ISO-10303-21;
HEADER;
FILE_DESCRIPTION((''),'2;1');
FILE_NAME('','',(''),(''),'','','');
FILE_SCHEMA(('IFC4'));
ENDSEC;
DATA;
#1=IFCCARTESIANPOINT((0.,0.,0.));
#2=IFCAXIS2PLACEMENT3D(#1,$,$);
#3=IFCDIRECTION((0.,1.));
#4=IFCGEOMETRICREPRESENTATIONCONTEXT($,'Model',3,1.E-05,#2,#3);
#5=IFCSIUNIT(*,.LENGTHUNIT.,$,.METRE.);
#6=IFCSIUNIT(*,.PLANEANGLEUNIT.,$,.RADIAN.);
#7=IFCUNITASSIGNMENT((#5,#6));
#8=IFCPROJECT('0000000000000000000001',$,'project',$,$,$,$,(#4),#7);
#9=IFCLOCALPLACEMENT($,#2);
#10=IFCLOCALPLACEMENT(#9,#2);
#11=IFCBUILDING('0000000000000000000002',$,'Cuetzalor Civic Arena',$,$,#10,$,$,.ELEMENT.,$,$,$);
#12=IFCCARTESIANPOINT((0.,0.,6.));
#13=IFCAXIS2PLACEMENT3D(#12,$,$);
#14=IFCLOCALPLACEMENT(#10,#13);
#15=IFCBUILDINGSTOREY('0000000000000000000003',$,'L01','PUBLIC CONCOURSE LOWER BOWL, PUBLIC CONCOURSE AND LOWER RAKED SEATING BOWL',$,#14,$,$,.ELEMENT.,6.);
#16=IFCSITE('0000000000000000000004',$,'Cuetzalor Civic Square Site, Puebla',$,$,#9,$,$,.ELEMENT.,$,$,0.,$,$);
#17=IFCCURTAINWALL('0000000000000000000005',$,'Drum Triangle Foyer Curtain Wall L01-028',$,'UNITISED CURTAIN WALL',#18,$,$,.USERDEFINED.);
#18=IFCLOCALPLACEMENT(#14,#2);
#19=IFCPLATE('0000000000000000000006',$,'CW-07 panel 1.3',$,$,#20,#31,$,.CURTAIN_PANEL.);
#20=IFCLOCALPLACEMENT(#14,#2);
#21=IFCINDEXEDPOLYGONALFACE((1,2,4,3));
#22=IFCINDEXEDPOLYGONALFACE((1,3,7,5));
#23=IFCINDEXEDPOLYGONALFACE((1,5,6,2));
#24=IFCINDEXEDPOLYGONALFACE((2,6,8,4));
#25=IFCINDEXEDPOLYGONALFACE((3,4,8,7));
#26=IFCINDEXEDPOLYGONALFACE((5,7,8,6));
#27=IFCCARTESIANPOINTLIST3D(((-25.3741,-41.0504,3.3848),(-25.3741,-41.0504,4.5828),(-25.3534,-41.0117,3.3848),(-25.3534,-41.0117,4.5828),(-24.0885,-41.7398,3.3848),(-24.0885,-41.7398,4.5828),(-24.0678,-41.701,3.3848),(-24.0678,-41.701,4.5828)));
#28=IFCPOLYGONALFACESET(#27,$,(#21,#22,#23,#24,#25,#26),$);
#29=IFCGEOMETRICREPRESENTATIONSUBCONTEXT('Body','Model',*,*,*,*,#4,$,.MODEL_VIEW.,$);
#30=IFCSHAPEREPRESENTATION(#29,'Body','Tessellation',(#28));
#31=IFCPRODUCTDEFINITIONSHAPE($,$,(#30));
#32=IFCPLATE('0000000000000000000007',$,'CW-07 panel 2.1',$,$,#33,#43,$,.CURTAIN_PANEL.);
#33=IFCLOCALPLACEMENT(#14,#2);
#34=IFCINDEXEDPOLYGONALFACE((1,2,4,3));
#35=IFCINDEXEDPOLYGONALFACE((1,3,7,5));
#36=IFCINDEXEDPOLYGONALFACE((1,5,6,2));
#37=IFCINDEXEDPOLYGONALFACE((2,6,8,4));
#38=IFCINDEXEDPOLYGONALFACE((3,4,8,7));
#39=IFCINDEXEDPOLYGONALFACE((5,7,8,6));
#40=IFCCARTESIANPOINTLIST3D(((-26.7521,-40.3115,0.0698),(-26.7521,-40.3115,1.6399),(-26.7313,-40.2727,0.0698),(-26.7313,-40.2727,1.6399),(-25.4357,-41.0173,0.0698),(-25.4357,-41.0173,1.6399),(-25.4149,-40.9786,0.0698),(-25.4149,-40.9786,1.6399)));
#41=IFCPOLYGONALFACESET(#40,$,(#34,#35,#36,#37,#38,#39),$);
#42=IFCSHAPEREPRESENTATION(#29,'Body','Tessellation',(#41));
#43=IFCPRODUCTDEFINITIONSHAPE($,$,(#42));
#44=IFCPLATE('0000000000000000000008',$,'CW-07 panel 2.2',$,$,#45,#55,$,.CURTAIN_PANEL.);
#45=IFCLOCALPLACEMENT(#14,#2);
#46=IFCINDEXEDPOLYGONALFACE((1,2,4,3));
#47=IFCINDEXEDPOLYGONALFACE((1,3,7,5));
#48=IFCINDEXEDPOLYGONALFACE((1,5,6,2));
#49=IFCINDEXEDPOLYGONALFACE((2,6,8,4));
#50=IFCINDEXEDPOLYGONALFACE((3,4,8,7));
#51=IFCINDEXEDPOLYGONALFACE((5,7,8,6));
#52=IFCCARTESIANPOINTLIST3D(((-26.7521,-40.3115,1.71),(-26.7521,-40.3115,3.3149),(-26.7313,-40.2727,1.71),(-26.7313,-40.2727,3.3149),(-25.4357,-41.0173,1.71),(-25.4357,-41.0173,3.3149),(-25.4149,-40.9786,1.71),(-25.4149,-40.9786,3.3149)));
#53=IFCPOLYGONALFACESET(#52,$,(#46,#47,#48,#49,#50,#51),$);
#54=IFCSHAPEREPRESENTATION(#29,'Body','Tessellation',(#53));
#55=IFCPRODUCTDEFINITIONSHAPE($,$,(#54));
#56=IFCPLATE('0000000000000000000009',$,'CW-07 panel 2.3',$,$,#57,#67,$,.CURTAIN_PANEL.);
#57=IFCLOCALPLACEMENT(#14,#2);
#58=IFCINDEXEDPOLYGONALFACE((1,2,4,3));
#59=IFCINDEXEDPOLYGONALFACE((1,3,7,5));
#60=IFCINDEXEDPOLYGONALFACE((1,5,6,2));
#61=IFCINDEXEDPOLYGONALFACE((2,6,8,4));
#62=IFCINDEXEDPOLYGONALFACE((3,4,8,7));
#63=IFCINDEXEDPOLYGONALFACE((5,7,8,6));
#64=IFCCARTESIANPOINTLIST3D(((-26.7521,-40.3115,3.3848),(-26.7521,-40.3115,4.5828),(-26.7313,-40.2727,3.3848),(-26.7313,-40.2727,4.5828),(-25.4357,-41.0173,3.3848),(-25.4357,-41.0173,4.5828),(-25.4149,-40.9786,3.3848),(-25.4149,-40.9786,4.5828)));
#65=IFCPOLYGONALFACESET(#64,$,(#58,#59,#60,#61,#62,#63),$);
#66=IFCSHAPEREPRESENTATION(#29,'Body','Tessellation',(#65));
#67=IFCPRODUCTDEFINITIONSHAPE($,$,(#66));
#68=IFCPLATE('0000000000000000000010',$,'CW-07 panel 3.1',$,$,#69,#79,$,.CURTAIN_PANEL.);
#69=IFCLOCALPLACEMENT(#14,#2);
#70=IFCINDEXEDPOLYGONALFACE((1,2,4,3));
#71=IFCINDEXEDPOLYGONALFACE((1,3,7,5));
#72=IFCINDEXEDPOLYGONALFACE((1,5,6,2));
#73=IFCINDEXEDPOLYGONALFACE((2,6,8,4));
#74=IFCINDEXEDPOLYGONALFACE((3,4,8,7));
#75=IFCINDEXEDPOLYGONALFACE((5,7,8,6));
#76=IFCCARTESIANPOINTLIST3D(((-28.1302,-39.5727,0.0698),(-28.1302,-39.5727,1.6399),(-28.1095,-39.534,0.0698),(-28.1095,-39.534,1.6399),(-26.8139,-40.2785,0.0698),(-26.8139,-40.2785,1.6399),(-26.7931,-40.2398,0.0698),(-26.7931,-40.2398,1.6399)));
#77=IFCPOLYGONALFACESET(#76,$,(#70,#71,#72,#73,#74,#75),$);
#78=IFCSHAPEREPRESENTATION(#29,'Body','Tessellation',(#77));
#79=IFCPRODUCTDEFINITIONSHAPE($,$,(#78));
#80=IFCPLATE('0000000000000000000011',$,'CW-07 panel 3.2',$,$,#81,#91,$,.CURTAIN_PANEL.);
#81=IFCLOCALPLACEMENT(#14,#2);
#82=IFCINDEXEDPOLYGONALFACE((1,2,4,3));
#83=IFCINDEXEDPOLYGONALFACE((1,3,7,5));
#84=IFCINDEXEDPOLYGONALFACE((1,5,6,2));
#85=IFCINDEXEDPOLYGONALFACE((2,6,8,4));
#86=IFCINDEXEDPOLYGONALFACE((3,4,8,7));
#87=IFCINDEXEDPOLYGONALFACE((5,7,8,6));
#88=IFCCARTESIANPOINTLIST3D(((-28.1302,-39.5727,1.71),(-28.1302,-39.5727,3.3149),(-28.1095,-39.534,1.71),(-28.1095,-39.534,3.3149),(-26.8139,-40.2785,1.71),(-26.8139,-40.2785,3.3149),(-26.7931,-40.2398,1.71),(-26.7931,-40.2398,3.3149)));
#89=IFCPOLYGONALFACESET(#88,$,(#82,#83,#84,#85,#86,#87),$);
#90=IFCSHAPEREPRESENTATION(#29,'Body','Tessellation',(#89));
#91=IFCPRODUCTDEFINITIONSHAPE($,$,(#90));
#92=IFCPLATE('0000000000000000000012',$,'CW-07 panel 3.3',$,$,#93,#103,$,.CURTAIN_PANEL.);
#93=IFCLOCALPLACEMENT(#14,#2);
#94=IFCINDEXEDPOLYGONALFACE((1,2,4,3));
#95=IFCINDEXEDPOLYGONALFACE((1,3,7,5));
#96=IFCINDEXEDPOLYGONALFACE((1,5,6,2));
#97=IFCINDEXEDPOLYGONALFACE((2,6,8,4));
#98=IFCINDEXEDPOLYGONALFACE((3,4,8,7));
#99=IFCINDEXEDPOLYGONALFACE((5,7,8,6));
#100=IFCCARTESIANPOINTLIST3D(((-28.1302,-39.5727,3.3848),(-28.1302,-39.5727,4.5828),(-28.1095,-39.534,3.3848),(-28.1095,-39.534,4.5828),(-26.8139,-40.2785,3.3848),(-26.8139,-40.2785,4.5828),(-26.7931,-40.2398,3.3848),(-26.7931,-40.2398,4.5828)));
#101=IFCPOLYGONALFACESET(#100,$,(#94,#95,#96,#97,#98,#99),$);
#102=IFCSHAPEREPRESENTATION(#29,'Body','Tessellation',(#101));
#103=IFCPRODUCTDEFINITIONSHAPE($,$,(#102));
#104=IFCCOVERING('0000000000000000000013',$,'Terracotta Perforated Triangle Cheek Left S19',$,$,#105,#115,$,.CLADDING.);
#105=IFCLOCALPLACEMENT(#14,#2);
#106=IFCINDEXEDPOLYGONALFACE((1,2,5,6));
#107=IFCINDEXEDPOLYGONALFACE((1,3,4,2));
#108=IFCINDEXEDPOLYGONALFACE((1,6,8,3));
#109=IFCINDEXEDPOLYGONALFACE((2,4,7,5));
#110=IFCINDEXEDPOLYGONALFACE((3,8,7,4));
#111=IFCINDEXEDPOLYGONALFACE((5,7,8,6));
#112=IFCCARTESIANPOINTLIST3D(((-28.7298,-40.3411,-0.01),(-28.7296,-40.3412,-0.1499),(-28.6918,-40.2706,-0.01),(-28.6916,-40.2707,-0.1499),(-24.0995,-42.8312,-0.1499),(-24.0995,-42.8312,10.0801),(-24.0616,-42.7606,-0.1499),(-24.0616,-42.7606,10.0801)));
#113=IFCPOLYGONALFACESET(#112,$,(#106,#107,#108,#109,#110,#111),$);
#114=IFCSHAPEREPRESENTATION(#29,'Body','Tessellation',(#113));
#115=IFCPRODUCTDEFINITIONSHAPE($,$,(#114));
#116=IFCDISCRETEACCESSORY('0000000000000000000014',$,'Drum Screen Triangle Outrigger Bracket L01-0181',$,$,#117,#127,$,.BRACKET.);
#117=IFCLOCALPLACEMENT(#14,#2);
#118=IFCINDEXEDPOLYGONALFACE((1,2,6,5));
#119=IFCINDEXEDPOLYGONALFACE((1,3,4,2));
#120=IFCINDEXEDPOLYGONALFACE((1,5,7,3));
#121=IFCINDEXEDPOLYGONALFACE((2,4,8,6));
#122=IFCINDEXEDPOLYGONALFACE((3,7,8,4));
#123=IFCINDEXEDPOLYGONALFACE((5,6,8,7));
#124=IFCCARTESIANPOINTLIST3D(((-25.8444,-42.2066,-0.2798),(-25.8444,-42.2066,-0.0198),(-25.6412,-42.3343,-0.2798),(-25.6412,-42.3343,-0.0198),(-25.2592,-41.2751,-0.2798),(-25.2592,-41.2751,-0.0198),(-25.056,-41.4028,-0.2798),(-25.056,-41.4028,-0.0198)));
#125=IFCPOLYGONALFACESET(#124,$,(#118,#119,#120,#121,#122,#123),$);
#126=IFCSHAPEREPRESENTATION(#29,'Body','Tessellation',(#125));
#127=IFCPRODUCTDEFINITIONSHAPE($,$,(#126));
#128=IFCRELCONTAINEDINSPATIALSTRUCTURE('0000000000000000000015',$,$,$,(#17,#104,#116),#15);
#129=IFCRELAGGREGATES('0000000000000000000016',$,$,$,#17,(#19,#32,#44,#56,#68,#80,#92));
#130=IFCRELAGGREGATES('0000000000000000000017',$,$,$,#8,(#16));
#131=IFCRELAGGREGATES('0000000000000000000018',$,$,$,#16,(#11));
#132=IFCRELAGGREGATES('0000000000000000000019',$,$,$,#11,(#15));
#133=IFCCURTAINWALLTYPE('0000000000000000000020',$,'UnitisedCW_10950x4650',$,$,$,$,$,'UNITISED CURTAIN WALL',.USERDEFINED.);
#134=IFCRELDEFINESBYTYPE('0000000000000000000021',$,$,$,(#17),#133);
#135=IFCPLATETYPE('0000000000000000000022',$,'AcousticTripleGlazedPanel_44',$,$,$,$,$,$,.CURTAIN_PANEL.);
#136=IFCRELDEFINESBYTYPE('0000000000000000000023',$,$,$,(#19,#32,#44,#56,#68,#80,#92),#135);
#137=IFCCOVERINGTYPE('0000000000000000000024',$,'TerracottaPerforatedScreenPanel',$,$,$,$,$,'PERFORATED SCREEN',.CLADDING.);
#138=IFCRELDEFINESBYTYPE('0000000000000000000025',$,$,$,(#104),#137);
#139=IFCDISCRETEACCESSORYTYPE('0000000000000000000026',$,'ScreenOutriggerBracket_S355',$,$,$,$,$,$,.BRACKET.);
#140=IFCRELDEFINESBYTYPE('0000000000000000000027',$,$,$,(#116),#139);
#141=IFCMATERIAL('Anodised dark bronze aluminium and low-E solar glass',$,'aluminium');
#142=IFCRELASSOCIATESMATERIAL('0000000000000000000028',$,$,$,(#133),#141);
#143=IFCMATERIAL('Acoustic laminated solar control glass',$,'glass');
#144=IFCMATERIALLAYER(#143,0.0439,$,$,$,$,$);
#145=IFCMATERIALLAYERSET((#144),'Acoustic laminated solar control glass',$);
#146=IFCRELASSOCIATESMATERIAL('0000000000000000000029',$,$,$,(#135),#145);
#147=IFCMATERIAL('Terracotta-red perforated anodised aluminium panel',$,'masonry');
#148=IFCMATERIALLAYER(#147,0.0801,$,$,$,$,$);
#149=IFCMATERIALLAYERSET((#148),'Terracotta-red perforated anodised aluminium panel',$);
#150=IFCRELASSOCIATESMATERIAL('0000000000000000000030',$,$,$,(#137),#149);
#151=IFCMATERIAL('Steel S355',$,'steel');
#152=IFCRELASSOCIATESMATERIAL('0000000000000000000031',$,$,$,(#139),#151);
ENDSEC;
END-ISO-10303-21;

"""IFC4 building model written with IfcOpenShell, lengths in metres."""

from ifc_helpers import new_model, si_unit, direction, frame, origin, origin_2d, place, context, subcontext, project, spatial, polyline, rectangle, outline, extrude, material, layer, layer_set, type_object, element, aggregate, save


model = new_model("IFC4")

# Units and contexts
model_context = context("Model", 3, precision=1e-05, world=origin(), true_north=direction((0.0, 1.0)))
body_context = subcontext(model_context, "Body", "Model", "MODEL_VIEW")
ifc_project = project(units=[si_unit("LENGTHUNIT", "METRE"), si_unit("PLANEANGLEUNIT", "RADIAN")], contexts=[model_context])

# Site, building, storey
site_placement = place(None, origin())
site = spatial("IfcSite", under=ifc_project, at=site_placement, Name="Cuetzalor Civic Square Site, Puebla", CompositionType="ELEMENT", RefElevation=0.0)
building_placement = place(site_placement, origin())
building = spatial("IfcBuilding", under=site, at=building_placement, Name="Cuetzalor Civic Arena", CompositionType="ELEMENT")
storey_placement = place(building_placement, frame((0.0, 0.0, 6.0)))
storey = spatial("IfcBuildingStorey", under=building, at=storey_placement, Name="L01", Description="PUBLIC CONCOURSE LOWER BOWL, PUBLIC CONCOURSE AND LOWER RAKED SEATING BOWL", CompositionType="ELEMENT", Elevation=6.0)

# Curtain wall, plates
ifc_material_1 = material(Name="Anodised dark bronze aluminium and low-E solar glass", Category="aluminium")
curtain_wall_type = type_object("IfcCurtainWallType", Name="UnitisedCW_10950x4650", ElementType="UNITISED CURTAIN WALL", PredefinedType="USERDEFINED", material=ifc_material_1)
curtain_wall_placement = place(storey_placement, origin())
curtain_wall = element("IfcCurtainWall", 1, at=curtain_wall_placement, inside=storey, type_object=curtain_wall_type, Name="Drum Triangle Foyer Curtain Wall L01-028", ObjectType="UNITISED CURTAIN WALL", PredefinedType="USERDEFINED")
ifc_material_2 = material(Name="Acoustic laminated solar control glass", Category="glass")
ifc_layer_1 = layer(ifc_material_2, 0.0439)
ifc_layer_set_1 = layer_set([ifc_layer_1], Name="Acoustic laminated solar control glass")
plate_type = type_object("IfcPlateType", Name="AcousticTripleGlazedPanel_44", PredefinedType="CURTAIN_PANEL", material=ifc_layer_set_1)
plate_1_placement = place(storey_placement, frame((-24.7209, -41.3757, 3.3848), z_axis=(0.0, 0.0, 1.0), x_axis=(-0.881306, 0.472545, 0.0)))
plate_1 = element("IfcPlate", 2, at=plate_1_placement, type_object=plate_type, Name="CW-07 panel 1.3", PredefinedType="CURTAIN_PANEL", context=body_context, shape_type="SweptSolid", body=[
    extrude(rectangle(XDim=1.4587, YDim=0.0439, at=origin_2d()), origin(), (0.0, 0.0, 1.0), 1.198),
])
plate_2_placement = place(storey_placement, frame((-26.0835, -40.645, 0.0698), z_axis=(0.0, 0.0, 1.0), x_axis=(-0.881306, 0.472545, 0.0)))
plate_2 = element("IfcPlate", 3, at=plate_2_placement, type_object=plate_type, Name="CW-07 panel 2.1", PredefinedType="CURTAIN_PANEL", context=body_context, shape_type="SweptSolid", body=[
    extrude(rectangle(XDim=1.4937, YDim=0.0439, at=origin_2d()), origin(), (0.0, 0.0, 1.0), 1.5701),
])
plate_3_placement = place(storey_placement, frame((-26.0835, -40.645, 1.71), z_axis=(0.0, 0.0, 1.0), x_axis=(-0.881306, 0.472545, 0.0)))
plate_3 = element("IfcPlate", 4, at=plate_3_placement, type_object=plate_type, Name="CW-07 panel 2.2", PredefinedType="CURTAIN_PANEL", context=body_context, shape_type="SweptSolid", body=[
    extrude(rectangle(XDim=1.4937, YDim=0.0439, at=origin_2d()), origin(), (0.0, 0.0, 1.0), 1.605),
])
plate_4_placement = place(storey_placement, frame((-26.0835, -40.645, 3.3848), z_axis=(0.0, 0.0, 1.0), x_axis=(-0.881306, 0.472545, 0.0)))
plate_4 = element("IfcPlate", 5, at=plate_4_placement, type_object=plate_type, Name="CW-07 panel 2.3", PredefinedType="CURTAIN_PANEL", context=body_context, shape_type="SweptSolid", body=[
    extrude(rectangle(XDim=1.4937, YDim=0.0439, at=origin_2d()), origin(), (0.0, 0.0, 1.0), 1.198),
])
plate_5_placement = place(storey_placement, frame((-27.4617, -39.9062, 0.0698), z_axis=(0.0, 0.0, 1.0), x_axis=(-0.881306, 0.472545, 0.0)))
plate_5 = element("IfcPlate", 6, at=plate_5_placement, type_object=plate_type, Name="CW-07 panel 3.1", PredefinedType="CURTAIN_PANEL", context=body_context, shape_type="SweptSolid", body=[
    extrude(rectangle(XDim=1.4937, YDim=0.0439, at=origin_2d()), origin(), (0.0, 0.0, 1.0), 1.5701),
])
plate_6_placement = place(storey_placement, frame((-27.4617, -39.9062, 1.71), z_axis=(0.0, 0.0, 1.0), x_axis=(-0.881306, 0.472545, 0.0)))
plate_6 = element("IfcPlate", 7, at=plate_6_placement, type_object=plate_type, Name="CW-07 panel 3.2", PredefinedType="CURTAIN_PANEL", context=body_context, shape_type="SweptSolid", body=[
    extrude(rectangle(XDim=1.4937, YDim=0.0439, at=origin_2d()), origin(), (0.0, 0.0, 1.0), 1.605),
])
plate_7_placement = place(storey_placement, frame((-27.4617, -39.9062, 3.3848), z_axis=(0.0, 0.0, 1.0), x_axis=(-0.881306, 0.472545, 0.0)))
plate_7 = element("IfcPlate", 8, at=plate_7_placement, type_object=plate_type, Name="CW-07 panel 3.3", PredefinedType="CURTAIN_PANEL", context=body_context, shape_type="SweptSolid", body=[
    extrude(rectangle(XDim=1.4937, YDim=0.0439, at=origin_2d()), origin(), (0.0, 0.0, 1.0), 1.198),
])
aggregate(curtain_wall, [plate_1, plate_2, plate_3, plate_4, plate_5, plate_6, plate_7])

# Covering
ifc_material_3 = material(Name="Terracotta-red perforated anodised aluminium panel", Category="masonry")
ifc_layer_2 = layer(ifc_material_3, 0.0801)
ifc_layer_set_2 = layer_set([ifc_layer_2], Name="Terracotta-red perforated anodised aluminium panel")
covering_type = type_object("IfcCoveringType", Name="TerracottaPerforatedScreenPanel", ElementType="PERFORATED SCREEN", PredefinedType="CLADDING", material=ifc_layer_set_2)
covering_placement = place(storey_placement, frame((-24.0806, -42.7959, -0.1499), z_axis=(0.0, 0.0, 1.0), x_axis=(-0.880721, 0.473635, 0.0)))
element("IfcCovering", 9, at=covering_placement, inside=storey, type_object=covering_type, Name="Terracotta Perforated Triangle Cheek Left S19", PredefinedType="CLADDING", context=body_context, shape_type="SweptSolid", body=[
    extrude(outline(polyline([(0.0, 0.0), (5.2571, 0.0), (5.2573, 0.1399), (0.0, 10.23), (0.0, 0.0)])), frame((0.0, 0.04, 0.0), z_axis=(0.0, -1.0, 0.0), x_axis=(1.0, 0.0, 0.0)), (0.0, 0.0, 1.0), 0.0801),
])

# Discrete accessory
ifc_material_4 = material(Name="Steel S355", Category="steel")
discrete_accessory_type = type_object("IfcDiscreteAccessoryType", Name="ScreenOutriggerBracket_S355", PredefinedType="BRACKET", material=ifc_material_4)
discrete_accessory_placement = place(storey_placement, frame((-25.4502, -41.8047, -0.2798), z_axis=(0.0, 0.0, 1.0), x_axis=(-0.53199, -0.846751, 0.0)))
element("IfcDiscreteAccessory", 10, at=discrete_accessory_placement, inside=storey, type_object=discrete_accessory_type, Name="Drum Screen Triangle Outrigger Bracket L01-0181", PredefinedType="BRACKET", context=body_context, shape_type="SweptSolid", body=[
    extrude(rectangle(XDim=1.1001, YDim=0.24, at=origin_2d()), origin(), (0.0, 0.0, 1.0), 0.26),
])

save(model, "model.ifc")
